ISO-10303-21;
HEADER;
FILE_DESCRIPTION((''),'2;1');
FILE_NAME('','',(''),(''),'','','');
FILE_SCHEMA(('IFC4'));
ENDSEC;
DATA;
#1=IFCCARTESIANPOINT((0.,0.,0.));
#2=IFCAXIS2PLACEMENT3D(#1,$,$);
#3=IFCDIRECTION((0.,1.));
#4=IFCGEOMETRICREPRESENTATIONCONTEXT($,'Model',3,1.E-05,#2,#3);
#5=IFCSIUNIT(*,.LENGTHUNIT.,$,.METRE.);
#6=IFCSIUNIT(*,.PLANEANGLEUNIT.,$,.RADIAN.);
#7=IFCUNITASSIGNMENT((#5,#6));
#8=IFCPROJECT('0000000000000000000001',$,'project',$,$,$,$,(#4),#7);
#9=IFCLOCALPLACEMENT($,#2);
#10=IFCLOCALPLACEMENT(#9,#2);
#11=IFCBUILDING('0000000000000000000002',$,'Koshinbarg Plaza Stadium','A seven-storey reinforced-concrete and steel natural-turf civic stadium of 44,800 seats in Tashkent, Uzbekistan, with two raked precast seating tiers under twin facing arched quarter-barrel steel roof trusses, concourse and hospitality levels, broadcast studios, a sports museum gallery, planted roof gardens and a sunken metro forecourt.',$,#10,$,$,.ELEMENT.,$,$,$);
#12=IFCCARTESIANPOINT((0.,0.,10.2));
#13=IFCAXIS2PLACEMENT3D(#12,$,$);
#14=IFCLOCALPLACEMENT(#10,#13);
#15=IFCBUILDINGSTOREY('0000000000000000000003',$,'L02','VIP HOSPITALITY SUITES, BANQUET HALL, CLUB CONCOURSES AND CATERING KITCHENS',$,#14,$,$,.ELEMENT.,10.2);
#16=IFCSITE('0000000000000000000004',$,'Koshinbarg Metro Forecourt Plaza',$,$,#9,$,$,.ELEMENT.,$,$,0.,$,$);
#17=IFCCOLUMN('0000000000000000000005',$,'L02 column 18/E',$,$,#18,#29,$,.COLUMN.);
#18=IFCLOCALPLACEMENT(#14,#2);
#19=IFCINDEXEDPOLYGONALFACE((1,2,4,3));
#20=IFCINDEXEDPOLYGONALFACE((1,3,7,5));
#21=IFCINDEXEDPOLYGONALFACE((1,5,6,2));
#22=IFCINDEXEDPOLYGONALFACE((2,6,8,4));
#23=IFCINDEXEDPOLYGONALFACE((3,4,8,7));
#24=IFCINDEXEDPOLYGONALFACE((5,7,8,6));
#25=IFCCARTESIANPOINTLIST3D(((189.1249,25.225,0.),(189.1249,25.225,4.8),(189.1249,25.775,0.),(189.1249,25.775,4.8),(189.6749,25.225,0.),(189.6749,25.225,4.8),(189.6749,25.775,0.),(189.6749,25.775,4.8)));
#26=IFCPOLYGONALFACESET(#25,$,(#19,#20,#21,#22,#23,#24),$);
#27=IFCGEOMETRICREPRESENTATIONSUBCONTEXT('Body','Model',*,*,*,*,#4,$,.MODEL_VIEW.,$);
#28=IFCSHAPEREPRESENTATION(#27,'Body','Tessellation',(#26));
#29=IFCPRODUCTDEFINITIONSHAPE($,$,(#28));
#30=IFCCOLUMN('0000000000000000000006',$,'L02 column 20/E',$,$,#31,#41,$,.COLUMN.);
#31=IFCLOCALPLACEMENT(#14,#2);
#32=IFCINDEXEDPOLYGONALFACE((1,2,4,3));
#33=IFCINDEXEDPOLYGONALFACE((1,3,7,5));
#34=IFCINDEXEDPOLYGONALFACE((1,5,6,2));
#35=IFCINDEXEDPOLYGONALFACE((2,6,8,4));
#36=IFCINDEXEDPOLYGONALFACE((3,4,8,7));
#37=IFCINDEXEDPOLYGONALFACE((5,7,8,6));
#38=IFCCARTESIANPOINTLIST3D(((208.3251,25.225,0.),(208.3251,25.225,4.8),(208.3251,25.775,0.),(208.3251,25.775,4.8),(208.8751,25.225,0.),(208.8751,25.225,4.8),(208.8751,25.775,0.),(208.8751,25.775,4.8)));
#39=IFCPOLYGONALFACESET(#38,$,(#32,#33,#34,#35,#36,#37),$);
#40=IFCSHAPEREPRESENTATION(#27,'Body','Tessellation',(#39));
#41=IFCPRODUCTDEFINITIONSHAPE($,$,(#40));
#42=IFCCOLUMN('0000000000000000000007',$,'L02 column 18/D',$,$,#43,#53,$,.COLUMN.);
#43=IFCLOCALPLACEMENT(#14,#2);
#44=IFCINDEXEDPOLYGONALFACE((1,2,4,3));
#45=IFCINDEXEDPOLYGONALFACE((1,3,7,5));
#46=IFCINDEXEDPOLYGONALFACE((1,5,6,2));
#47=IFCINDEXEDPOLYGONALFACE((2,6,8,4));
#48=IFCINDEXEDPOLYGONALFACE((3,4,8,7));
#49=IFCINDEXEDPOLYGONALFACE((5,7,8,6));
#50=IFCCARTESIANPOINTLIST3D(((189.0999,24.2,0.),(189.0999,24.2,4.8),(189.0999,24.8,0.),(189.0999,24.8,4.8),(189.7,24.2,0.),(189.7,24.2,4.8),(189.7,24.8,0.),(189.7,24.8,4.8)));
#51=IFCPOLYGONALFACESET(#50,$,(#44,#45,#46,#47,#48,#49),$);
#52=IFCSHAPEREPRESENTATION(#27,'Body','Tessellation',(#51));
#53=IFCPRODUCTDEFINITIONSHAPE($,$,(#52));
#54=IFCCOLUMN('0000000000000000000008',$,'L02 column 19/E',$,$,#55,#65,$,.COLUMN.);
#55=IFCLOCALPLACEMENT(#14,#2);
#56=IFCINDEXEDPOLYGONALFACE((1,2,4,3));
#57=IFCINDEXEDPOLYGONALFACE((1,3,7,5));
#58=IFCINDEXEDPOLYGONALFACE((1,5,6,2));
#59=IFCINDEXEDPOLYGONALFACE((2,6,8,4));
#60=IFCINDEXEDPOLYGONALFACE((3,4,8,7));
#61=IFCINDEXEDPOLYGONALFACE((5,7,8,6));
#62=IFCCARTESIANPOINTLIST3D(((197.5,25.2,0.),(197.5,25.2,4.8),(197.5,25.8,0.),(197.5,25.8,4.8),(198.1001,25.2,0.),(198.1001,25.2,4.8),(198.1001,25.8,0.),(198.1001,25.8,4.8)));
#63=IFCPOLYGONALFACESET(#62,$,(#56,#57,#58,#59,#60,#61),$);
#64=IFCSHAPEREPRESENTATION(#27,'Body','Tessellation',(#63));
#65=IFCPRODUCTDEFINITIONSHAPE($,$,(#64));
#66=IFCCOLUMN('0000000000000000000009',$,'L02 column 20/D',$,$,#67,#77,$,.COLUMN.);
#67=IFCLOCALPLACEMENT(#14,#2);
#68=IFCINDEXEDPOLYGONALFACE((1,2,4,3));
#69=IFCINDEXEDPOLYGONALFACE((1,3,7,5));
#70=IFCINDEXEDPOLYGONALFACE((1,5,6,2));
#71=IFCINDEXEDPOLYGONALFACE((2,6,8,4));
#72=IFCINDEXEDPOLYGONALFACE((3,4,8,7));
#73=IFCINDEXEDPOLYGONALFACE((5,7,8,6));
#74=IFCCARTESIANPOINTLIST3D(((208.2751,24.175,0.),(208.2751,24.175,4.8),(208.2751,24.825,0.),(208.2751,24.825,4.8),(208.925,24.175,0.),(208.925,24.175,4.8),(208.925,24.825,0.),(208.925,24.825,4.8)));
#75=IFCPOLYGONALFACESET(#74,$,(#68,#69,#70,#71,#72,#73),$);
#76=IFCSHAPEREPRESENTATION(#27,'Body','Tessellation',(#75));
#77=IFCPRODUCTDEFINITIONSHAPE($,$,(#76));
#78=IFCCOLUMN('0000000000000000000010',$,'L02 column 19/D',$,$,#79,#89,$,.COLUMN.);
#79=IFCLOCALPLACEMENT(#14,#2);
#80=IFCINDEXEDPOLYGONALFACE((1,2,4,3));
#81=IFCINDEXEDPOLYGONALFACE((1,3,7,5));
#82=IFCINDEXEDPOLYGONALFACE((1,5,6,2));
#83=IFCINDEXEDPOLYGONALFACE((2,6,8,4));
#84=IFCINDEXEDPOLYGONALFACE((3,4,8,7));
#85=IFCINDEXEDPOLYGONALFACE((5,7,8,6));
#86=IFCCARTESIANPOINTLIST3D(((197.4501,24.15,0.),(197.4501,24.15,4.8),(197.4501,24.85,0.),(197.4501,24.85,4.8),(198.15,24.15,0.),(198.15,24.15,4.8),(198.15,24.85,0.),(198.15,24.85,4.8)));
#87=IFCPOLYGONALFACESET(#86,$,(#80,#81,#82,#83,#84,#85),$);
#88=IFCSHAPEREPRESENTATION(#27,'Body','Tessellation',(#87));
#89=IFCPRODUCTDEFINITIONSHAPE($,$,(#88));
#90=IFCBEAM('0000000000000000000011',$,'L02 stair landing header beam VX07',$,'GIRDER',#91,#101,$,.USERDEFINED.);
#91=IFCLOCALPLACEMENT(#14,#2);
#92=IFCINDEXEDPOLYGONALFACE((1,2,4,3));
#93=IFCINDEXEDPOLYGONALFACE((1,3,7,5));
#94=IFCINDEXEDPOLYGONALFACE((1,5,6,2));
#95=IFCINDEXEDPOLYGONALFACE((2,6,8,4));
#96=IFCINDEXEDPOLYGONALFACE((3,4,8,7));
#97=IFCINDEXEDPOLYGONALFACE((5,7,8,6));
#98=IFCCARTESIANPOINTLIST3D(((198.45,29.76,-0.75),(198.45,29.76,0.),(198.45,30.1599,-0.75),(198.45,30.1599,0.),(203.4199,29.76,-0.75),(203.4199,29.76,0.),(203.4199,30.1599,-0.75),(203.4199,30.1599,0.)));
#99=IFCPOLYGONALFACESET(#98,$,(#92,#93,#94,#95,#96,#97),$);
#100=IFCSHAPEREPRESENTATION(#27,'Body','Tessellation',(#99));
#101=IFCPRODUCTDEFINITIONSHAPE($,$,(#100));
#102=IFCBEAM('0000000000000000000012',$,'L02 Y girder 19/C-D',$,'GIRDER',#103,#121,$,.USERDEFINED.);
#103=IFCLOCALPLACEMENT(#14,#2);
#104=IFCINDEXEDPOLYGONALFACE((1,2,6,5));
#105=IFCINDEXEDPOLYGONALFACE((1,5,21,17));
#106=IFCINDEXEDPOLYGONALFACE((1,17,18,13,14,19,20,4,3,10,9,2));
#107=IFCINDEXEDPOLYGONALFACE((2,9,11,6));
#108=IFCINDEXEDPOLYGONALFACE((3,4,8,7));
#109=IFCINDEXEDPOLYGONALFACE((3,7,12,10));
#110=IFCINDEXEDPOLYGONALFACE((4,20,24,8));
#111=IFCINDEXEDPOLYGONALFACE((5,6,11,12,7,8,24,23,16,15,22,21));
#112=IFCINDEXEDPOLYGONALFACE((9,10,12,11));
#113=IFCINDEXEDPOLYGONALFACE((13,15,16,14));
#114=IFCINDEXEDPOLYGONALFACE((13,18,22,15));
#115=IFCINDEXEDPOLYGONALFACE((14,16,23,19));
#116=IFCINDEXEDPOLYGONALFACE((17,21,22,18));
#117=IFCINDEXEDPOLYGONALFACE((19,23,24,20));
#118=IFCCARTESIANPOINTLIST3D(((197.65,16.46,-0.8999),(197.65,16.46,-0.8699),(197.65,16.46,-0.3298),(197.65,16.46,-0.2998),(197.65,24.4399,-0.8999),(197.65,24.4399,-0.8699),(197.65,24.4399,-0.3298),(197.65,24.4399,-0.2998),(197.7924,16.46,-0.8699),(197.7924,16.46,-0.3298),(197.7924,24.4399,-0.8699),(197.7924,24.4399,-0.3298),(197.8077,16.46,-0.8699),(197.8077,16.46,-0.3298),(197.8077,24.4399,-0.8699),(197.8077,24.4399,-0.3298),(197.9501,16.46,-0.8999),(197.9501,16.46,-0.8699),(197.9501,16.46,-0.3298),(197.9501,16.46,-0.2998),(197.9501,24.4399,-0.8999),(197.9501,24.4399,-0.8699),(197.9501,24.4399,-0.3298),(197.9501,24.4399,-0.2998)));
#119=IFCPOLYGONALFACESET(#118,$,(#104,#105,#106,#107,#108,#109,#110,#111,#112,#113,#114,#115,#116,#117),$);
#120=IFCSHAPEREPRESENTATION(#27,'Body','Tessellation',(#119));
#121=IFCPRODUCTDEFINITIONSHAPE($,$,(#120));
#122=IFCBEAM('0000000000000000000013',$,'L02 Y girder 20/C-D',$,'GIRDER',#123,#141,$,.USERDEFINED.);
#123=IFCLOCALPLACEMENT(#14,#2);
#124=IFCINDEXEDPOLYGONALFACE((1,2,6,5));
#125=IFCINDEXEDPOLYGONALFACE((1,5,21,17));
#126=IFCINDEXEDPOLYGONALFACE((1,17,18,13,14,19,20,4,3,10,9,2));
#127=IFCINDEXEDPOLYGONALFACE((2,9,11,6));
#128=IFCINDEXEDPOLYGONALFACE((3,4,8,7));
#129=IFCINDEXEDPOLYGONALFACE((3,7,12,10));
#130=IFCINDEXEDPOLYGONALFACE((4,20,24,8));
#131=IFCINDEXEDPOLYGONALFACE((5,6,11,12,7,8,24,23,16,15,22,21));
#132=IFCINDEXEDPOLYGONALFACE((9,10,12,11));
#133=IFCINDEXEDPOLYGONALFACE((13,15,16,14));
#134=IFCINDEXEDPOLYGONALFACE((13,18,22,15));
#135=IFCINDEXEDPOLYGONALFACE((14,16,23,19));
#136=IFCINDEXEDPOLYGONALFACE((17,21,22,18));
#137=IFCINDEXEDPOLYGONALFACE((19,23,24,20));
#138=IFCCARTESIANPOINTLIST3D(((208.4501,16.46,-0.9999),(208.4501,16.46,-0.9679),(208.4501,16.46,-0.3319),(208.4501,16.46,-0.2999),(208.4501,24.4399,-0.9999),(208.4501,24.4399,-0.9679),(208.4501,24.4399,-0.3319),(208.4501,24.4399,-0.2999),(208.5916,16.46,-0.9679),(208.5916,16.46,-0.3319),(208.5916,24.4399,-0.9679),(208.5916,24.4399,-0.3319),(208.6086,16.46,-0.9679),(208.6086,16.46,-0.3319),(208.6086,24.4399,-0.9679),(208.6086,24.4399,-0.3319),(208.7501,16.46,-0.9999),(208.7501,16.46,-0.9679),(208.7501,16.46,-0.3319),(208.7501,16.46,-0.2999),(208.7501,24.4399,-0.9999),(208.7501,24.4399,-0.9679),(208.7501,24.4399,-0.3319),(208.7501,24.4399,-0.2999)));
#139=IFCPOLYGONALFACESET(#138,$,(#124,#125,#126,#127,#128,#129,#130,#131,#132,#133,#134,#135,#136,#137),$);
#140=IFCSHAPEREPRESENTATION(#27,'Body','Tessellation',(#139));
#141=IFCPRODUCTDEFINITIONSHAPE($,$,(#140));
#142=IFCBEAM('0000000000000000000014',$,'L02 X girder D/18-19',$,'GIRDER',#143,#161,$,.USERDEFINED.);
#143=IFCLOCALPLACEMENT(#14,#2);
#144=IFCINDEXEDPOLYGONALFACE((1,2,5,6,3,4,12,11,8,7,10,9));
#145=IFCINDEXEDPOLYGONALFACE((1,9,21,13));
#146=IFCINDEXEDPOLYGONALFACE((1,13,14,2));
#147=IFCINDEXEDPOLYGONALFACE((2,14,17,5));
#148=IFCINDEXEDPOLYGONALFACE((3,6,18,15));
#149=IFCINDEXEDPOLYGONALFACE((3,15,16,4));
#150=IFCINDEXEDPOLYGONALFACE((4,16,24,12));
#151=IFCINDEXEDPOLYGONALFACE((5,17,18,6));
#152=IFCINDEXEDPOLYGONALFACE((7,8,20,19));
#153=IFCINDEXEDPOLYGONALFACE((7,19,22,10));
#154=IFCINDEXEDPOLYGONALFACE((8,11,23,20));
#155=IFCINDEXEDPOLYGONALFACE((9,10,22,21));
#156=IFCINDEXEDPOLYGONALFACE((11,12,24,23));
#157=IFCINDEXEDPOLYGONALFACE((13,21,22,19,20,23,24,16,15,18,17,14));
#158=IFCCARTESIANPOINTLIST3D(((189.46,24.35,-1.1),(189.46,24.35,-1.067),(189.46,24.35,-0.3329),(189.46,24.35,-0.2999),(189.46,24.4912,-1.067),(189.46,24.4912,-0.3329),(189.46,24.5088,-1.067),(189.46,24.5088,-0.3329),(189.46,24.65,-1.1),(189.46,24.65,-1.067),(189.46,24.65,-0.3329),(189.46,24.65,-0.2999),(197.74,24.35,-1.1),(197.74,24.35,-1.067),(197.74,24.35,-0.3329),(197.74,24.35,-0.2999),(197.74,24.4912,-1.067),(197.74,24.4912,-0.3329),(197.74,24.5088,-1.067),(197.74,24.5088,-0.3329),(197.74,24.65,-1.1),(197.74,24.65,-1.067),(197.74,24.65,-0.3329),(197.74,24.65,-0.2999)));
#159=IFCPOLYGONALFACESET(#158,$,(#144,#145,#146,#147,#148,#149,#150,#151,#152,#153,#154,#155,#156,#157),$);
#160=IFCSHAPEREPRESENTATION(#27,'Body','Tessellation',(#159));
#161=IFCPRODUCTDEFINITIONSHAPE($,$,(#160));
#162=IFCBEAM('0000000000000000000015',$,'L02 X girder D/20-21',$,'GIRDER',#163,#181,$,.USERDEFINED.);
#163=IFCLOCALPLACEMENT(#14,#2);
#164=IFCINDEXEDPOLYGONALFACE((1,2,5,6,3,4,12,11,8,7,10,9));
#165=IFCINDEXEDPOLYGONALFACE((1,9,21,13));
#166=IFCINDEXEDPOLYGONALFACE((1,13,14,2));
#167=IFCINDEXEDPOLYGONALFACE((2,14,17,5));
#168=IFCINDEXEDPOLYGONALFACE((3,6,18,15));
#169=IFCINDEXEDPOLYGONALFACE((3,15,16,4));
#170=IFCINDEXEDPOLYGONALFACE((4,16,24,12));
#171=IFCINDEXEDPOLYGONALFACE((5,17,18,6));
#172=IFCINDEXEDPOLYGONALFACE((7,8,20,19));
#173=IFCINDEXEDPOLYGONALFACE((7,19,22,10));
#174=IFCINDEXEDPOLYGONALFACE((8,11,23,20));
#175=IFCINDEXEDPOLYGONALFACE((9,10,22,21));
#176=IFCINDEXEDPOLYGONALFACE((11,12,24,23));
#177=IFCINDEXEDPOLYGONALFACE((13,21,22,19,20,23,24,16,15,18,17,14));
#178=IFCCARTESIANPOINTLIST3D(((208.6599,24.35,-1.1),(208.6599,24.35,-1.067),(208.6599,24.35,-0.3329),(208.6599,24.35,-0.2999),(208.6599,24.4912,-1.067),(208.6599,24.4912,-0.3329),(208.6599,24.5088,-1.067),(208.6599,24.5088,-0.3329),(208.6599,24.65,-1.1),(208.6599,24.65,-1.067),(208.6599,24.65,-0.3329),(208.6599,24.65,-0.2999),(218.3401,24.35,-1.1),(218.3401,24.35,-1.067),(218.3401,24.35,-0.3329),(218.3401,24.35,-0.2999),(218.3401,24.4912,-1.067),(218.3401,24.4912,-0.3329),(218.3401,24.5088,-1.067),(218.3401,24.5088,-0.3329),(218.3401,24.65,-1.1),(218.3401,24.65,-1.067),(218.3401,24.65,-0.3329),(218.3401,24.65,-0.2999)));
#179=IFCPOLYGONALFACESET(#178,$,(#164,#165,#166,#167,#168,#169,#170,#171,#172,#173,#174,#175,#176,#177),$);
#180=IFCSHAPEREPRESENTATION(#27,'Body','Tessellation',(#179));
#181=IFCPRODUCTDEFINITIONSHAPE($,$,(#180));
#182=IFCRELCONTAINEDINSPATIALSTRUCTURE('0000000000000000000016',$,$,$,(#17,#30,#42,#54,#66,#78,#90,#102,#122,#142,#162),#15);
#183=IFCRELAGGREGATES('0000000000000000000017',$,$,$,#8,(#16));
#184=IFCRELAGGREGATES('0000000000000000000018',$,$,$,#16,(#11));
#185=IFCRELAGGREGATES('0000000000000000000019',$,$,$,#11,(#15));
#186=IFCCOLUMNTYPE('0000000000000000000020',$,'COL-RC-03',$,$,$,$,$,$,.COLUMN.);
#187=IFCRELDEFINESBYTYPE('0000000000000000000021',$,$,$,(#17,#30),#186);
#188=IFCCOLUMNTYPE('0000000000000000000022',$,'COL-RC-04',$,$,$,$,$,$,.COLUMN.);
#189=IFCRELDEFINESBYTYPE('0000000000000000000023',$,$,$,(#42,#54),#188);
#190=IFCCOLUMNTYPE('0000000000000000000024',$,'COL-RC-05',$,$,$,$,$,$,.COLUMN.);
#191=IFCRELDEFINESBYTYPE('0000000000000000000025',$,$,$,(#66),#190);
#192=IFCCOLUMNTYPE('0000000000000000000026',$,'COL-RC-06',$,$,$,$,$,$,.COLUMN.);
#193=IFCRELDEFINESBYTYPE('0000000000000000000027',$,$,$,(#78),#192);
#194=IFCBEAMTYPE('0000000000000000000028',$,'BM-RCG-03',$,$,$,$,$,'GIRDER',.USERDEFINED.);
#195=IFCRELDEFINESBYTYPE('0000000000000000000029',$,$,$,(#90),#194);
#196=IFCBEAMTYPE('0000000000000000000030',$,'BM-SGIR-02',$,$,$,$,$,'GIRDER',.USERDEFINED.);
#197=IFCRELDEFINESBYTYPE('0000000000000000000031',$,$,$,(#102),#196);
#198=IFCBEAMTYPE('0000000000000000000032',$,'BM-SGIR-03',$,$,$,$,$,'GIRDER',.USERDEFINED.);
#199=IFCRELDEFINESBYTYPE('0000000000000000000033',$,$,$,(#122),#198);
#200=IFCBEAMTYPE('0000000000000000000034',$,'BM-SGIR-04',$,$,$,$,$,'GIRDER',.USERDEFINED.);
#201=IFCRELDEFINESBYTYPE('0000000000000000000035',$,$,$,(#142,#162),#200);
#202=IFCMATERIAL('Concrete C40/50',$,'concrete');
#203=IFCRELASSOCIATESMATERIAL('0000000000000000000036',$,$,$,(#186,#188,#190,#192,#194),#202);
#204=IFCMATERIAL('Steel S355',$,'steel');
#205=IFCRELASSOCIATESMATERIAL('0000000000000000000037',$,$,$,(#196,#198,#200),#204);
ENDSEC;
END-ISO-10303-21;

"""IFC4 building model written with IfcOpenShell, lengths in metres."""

from ifc_helpers import new_model, si_unit, direction, frame, origin, origin_2d, place, context, subcontext, project, spatial, rectangle, i_section, extrude, material, material_profile, profile_set, type_object, element, save


model = new_model("IFC4")

# Units and contexts
model_context = context("Model", 3, precision=1e-05, world=origin(), true_north=direction((0.0, 1.0)))
body_context = subcontext(model_context, "Body", "Model", "MODEL_VIEW")
ifc_project = project(units=[si_unit("LENGTHUNIT", "METRE"), si_unit("PLANEANGLEUNIT", "RADIAN")], contexts=[model_context])

# Site, building, storey
site_placement = place(None, origin())
site = spatial("IfcSite", under=ifc_project, at=site_placement, Name="Koshinbarg Metro Forecourt Plaza", CompositionType="ELEMENT", RefElevation=0.0)
building_placement = place(site_placement, origin())
building = spatial("IfcBuilding", under=site, at=building_placement, Name="Koshinbarg Plaza Stadium", Description="A seven-storey reinforced-concrete and steel natural-turf civic stadium of 44,800 seats in Tashkent, Uzbekistan, with two raked precast seating tiers under twin facing arched quarter-barrel steel roof trusses, concourse and hospitality levels, broadcast studios, a sports museum gallery, planted roof gardens and a sunken metro forecourt.", CompositionType="ELEMENT")
storey_placement = place(building_placement, frame((0.0, 0.0, 10.2)))
storey = spatial("IfcBuildingStorey", under=building, at=storey_placement, Name="L02", Description="VIP HOSPITALITY SUITES, BANQUET HALL, CLUB CONCOURSES AND CATERING KITCHENS", CompositionType="ELEMENT", Elevation=10.2)

# Columns
ifc_material_1 = material(Name="Concrete C40/50", Category="concrete")
ifc_material_profile_1 = material_profile(ifc_material_1, rectangle(XDim=0.55, YDim=0.55, at=origin_2d()), Name="RC 550x550")
ifc_profile_set_1 = profile_set([ifc_material_profile_1], Name="Concrete C40/50")
column_type_1 = type_object("IfcColumnType", Name="COL-RC-03", PredefinedType="COLUMN", material=ifc_profile_set_1)
for number, where, z_axis, x_axis, name in (
    (1, (189.3999, 25.5, 0.0), (0.0, 0.0, 1.0), (1.0, 0.0, 0.0), "L02 column 18/E"),
    (2, (208.6001, 25.5, 0.0), (0.0, 0.0, 1.0), (1.0, 0.0, 0.0), "L02 column 20/E"),
):
    element("IfcColumn", number, at=place(storey_placement, frame(where, z_axis=z_axis, x_axis=x_axis)), inside=storey, type_object=column_type_1, Name=name, PredefinedType="COLUMN", context=body_context, shape_type="SweptSolid", body=[
        extrude(rectangle(XDim=0.55, YDim=0.55, at=origin_2d()), origin(), (0.0, 0.0, 1.0), 4.8),
    ])
ifc_material_profile_2 = material_profile(ifc_material_1, rectangle(XDim=0.6001, YDim=0.6001, at=origin_2d()), Name="RC 600x600")
ifc_profile_set_2 = profile_set([ifc_material_profile_2], Name="Concrete C40/50")
column_type_2 = type_object("IfcColumnType", Name="COL-RC-04", PredefinedType="COLUMN", material=ifc_profile_set_2)
for number, where, z_axis, x_axis, name in (
    (3, (189.3999, 24.5, 0.0), (0.0, 0.0, 1.0), (1.0, 0.0, 0.0), "L02 column 18/D"),
    (4, (197.8, 25.5, 0.0), (0.0, 0.0, 1.0), (1.0, 0.0, 0.0), "L02 column 19/E"),
):
    element("IfcColumn", number, at=place(storey_placement, frame(where, z_axis=z_axis, x_axis=x_axis)), inside=storey, type_object=column_type_2, Name=name, PredefinedType="COLUMN", context=body_context, shape_type="SweptSolid", body=[
        extrude(rectangle(XDim=0.6001, YDim=0.6001, at=origin_2d()), origin(), (0.0, 0.0, 1.0), 4.8),
    ])
ifc_material_profile_3 = material_profile(ifc_material_1, rectangle(XDim=0.6499, YDim=0.6499, at=origin_2d()), Name="RC 650x650")
ifc_profile_set_3 = profile_set([ifc_material_profile_3], Name="Concrete C40/50")
column_type_3 = type_object("IfcColumnType", Name="COL-RC-05", PredefinedType="COLUMN", material=ifc_profile_set_3)
column_1_placement = place(storey_placement, frame((208.6001, 24.5, 0.0), z_axis=(0.0, 0.0, 1.0), x_axis=(1.0, 0.0, 0.0)))
element("IfcColumn", 5, at=column_1_placement, inside=storey, type_object=column_type_3, Name="L02 column 20/D", PredefinedType="COLUMN", context=body_context, shape_type="SweptSolid", body=[
    extrude(rectangle(XDim=0.6499, YDim=0.6499, at=origin_2d()), origin(), (0.0, 0.0, 1.0), 4.8),
])
ifc_material_profile_4 = material_profile(ifc_material_1, rectangle(XDim=0.7, YDim=0.7, at=origin_2d()), Name="RC 700x700")
ifc_profile_set_4 = profile_set([ifc_material_profile_4], Name="Concrete C40/50")
column_type_4 = type_object("IfcColumnType", Name="COL-RC-06", PredefinedType="COLUMN", material=ifc_profile_set_4)
column_2_placement = place(storey_placement, frame((197.8, 24.5, 0.0), z_axis=(0.0, 0.0, 1.0), x_axis=(1.0, 0.0, 0.0)))
element("IfcColumn", 6, at=column_2_placement, inside=storey, type_object=column_type_4, Name="L02 column 19/D", PredefinedType="COLUMN", context=body_context, shape_type="SweptSolid", body=[
    extrude(rectangle(XDim=0.7, YDim=0.7, at=origin_2d()), origin(), (0.0, 0.0, 1.0), 4.8),
])

# Beams
ifc_material_profile_5 = material_profile(ifc_material_1, rectangle(XDim=0.3999, YDim=0.75, at=origin_2d()), Name="RC 400x750")
ifc_profile_set_5 = profile_set([ifc_material_profile_5], Name="Concrete C40/50")
beam_type_1 = type_object("IfcBeamType", Name="BM-RCG-03", ElementType="GIRDER", PredefinedType="USERDEFINED", material=ifc_profile_set_5)
beam_1_placement = place(storey_placement, frame((198.45, 29.96, -0.375), z_axis=(1.0, 0.0, 0.0), x_axis=(0.0, 1.0, 0.0)))
element("IfcBeam", 7, at=beam_1_placement, inside=storey, type_object=beam_type_1, Name="L02 stair landing header beam VX07", ObjectType="GIRDER", PredefinedType="USERDEFINED", context=body_context, shape_type="SweptSolid", body=[
    extrude(rectangle(XDim=0.3999, YDim=0.75, at=origin_2d()), origin(), (0.0, 0.0, 1.0), 4.97),
])
ifc_material_2 = material(Name="Steel S355", Category="steel")
ifc_material_profile_6 = material_profile(ifc_material_2, i_section(OverallWidth=0.3, OverallDepth=0.6001, WebThickness=0.0154, FlangeThickness=0.03, at=origin_2d()), Name="HEB 600")
ifc_profile_set_6 = profile_set([ifc_material_profile_6], Name="Steel S355")
beam_type_2 = type_object("IfcBeamType", Name="BM-SGIR-02", ElementType="GIRDER", PredefinedType="USERDEFINED", material=ifc_profile_set_6)
beam_2_placement = place(storey_placement, frame((197.8, 16.46, -0.5999), z_axis=(0.0, 1.0, 0.0), x_axis=(-1.0, 0.0, 0.0)))
element("IfcBeam", 8, at=beam_2_placement, inside=storey, type_object=beam_type_2, Name="L02 Y girder 19/C-D", ObjectType="GIRDER", PredefinedType="USERDEFINED", context=body_context, shape_type="SweptSolid", body=[
    extrude(i_section(OverallWidth=0.3, OverallDepth=0.6001, WebThickness=0.0154, FlangeThickness=0.03, at=origin_2d()), origin(), (0.0, 0.0, 1.0), 7.98),
])
ifc_material_profile_7 = material_profile(ifc_material_2, i_section(OverallWidth=0.3, OverallDepth=0.7, WebThickness=0.0171, FlangeThickness=0.032, at=origin_2d()), Name="HEB 700")
ifc_profile_set_7 = profile_set([ifc_material_profile_7], Name="Steel S355")
beam_type_3 = type_object("IfcBeamType", Name="BM-SGIR-03", ElementType="GIRDER", PredefinedType="USERDEFINED", material=ifc_profile_set_7)
beam_3_placement = place(storey_placement, frame((208.6001, 16.46, -0.6499), z_axis=(0.0, 1.0, 0.0), x_axis=(-1.0, 0.0, 0.0)))
element("IfcBeam", 9, at=beam_3_placement, inside=storey, type_object=beam_type_3, Name="L02 Y girder 20/C-D", ObjectType="GIRDER", PredefinedType="USERDEFINED", context=body_context, shape_type="SweptSolid", body=[
    extrude(i_section(OverallWidth=0.3, OverallDepth=0.7, WebThickness=0.0171, FlangeThickness=0.032, at=origin_2d()), origin(), (0.0, 0.0, 1.0), 7.98),
])
ifc_material_profile_8 = material_profile(ifc_material_2, i_section(OverallWidth=0.3, OverallDepth=0.8, WebThickness=0.0176, FlangeThickness=0.033, at=origin_2d()), Name="HEB 800")
ifc_profile_set_8 = profile_set([ifc_material_profile_8], Name="Steel S355")
beam_type_4 = type_object("IfcBeamType", Name="BM-SGIR-04", ElementType="GIRDER", PredefinedType="USERDEFINED", material=ifc_profile_set_8)
beam_4_placement = place(storey_placement, frame((189.46, 24.5, -0.7), z_axis=(1.0, 0.0, 0.0), x_axis=(0.0, 1.0, 0.0)))
element("IfcBeam", 10, at=beam_4_placement, inside=storey, type_object=beam_type_4, Name="L02 X girder D/18-19", ObjectType="GIRDER", PredefinedType="USERDEFINED", context=body_context, shape_type="SweptSolid", body=[
    extrude(i_section(OverallWidth=0.3, OverallDepth=0.8, WebThickness=0.0176, FlangeThickness=0.033, at=origin_2d()), origin(), (0.0, 0.0, 1.0), 8.28),
])
beam_5_placement = place(storey_placement, frame((208.6599, 24.5, -0.7), z_axis=(1.0, 0.0, 0.0), x_axis=(0.0, 1.0, 0.0)))
element("IfcBeam", 11, at=beam_5_placement, inside=storey, type_object=beam_type_4, Name="L02 X girder D/20-21", ObjectType="GIRDER", PredefinedType="USERDEFINED", context=body_context, shape_type="SweptSolid", body=[
    extrude(i_section(OverallWidth=0.3, OverallDepth=0.8, WebThickness=0.0176, FlangeThickness=0.033, at=origin_2d()), origin(), (0.0, 0.0, 1.0), 9.6802),
])

save(model, "model.ifc")
